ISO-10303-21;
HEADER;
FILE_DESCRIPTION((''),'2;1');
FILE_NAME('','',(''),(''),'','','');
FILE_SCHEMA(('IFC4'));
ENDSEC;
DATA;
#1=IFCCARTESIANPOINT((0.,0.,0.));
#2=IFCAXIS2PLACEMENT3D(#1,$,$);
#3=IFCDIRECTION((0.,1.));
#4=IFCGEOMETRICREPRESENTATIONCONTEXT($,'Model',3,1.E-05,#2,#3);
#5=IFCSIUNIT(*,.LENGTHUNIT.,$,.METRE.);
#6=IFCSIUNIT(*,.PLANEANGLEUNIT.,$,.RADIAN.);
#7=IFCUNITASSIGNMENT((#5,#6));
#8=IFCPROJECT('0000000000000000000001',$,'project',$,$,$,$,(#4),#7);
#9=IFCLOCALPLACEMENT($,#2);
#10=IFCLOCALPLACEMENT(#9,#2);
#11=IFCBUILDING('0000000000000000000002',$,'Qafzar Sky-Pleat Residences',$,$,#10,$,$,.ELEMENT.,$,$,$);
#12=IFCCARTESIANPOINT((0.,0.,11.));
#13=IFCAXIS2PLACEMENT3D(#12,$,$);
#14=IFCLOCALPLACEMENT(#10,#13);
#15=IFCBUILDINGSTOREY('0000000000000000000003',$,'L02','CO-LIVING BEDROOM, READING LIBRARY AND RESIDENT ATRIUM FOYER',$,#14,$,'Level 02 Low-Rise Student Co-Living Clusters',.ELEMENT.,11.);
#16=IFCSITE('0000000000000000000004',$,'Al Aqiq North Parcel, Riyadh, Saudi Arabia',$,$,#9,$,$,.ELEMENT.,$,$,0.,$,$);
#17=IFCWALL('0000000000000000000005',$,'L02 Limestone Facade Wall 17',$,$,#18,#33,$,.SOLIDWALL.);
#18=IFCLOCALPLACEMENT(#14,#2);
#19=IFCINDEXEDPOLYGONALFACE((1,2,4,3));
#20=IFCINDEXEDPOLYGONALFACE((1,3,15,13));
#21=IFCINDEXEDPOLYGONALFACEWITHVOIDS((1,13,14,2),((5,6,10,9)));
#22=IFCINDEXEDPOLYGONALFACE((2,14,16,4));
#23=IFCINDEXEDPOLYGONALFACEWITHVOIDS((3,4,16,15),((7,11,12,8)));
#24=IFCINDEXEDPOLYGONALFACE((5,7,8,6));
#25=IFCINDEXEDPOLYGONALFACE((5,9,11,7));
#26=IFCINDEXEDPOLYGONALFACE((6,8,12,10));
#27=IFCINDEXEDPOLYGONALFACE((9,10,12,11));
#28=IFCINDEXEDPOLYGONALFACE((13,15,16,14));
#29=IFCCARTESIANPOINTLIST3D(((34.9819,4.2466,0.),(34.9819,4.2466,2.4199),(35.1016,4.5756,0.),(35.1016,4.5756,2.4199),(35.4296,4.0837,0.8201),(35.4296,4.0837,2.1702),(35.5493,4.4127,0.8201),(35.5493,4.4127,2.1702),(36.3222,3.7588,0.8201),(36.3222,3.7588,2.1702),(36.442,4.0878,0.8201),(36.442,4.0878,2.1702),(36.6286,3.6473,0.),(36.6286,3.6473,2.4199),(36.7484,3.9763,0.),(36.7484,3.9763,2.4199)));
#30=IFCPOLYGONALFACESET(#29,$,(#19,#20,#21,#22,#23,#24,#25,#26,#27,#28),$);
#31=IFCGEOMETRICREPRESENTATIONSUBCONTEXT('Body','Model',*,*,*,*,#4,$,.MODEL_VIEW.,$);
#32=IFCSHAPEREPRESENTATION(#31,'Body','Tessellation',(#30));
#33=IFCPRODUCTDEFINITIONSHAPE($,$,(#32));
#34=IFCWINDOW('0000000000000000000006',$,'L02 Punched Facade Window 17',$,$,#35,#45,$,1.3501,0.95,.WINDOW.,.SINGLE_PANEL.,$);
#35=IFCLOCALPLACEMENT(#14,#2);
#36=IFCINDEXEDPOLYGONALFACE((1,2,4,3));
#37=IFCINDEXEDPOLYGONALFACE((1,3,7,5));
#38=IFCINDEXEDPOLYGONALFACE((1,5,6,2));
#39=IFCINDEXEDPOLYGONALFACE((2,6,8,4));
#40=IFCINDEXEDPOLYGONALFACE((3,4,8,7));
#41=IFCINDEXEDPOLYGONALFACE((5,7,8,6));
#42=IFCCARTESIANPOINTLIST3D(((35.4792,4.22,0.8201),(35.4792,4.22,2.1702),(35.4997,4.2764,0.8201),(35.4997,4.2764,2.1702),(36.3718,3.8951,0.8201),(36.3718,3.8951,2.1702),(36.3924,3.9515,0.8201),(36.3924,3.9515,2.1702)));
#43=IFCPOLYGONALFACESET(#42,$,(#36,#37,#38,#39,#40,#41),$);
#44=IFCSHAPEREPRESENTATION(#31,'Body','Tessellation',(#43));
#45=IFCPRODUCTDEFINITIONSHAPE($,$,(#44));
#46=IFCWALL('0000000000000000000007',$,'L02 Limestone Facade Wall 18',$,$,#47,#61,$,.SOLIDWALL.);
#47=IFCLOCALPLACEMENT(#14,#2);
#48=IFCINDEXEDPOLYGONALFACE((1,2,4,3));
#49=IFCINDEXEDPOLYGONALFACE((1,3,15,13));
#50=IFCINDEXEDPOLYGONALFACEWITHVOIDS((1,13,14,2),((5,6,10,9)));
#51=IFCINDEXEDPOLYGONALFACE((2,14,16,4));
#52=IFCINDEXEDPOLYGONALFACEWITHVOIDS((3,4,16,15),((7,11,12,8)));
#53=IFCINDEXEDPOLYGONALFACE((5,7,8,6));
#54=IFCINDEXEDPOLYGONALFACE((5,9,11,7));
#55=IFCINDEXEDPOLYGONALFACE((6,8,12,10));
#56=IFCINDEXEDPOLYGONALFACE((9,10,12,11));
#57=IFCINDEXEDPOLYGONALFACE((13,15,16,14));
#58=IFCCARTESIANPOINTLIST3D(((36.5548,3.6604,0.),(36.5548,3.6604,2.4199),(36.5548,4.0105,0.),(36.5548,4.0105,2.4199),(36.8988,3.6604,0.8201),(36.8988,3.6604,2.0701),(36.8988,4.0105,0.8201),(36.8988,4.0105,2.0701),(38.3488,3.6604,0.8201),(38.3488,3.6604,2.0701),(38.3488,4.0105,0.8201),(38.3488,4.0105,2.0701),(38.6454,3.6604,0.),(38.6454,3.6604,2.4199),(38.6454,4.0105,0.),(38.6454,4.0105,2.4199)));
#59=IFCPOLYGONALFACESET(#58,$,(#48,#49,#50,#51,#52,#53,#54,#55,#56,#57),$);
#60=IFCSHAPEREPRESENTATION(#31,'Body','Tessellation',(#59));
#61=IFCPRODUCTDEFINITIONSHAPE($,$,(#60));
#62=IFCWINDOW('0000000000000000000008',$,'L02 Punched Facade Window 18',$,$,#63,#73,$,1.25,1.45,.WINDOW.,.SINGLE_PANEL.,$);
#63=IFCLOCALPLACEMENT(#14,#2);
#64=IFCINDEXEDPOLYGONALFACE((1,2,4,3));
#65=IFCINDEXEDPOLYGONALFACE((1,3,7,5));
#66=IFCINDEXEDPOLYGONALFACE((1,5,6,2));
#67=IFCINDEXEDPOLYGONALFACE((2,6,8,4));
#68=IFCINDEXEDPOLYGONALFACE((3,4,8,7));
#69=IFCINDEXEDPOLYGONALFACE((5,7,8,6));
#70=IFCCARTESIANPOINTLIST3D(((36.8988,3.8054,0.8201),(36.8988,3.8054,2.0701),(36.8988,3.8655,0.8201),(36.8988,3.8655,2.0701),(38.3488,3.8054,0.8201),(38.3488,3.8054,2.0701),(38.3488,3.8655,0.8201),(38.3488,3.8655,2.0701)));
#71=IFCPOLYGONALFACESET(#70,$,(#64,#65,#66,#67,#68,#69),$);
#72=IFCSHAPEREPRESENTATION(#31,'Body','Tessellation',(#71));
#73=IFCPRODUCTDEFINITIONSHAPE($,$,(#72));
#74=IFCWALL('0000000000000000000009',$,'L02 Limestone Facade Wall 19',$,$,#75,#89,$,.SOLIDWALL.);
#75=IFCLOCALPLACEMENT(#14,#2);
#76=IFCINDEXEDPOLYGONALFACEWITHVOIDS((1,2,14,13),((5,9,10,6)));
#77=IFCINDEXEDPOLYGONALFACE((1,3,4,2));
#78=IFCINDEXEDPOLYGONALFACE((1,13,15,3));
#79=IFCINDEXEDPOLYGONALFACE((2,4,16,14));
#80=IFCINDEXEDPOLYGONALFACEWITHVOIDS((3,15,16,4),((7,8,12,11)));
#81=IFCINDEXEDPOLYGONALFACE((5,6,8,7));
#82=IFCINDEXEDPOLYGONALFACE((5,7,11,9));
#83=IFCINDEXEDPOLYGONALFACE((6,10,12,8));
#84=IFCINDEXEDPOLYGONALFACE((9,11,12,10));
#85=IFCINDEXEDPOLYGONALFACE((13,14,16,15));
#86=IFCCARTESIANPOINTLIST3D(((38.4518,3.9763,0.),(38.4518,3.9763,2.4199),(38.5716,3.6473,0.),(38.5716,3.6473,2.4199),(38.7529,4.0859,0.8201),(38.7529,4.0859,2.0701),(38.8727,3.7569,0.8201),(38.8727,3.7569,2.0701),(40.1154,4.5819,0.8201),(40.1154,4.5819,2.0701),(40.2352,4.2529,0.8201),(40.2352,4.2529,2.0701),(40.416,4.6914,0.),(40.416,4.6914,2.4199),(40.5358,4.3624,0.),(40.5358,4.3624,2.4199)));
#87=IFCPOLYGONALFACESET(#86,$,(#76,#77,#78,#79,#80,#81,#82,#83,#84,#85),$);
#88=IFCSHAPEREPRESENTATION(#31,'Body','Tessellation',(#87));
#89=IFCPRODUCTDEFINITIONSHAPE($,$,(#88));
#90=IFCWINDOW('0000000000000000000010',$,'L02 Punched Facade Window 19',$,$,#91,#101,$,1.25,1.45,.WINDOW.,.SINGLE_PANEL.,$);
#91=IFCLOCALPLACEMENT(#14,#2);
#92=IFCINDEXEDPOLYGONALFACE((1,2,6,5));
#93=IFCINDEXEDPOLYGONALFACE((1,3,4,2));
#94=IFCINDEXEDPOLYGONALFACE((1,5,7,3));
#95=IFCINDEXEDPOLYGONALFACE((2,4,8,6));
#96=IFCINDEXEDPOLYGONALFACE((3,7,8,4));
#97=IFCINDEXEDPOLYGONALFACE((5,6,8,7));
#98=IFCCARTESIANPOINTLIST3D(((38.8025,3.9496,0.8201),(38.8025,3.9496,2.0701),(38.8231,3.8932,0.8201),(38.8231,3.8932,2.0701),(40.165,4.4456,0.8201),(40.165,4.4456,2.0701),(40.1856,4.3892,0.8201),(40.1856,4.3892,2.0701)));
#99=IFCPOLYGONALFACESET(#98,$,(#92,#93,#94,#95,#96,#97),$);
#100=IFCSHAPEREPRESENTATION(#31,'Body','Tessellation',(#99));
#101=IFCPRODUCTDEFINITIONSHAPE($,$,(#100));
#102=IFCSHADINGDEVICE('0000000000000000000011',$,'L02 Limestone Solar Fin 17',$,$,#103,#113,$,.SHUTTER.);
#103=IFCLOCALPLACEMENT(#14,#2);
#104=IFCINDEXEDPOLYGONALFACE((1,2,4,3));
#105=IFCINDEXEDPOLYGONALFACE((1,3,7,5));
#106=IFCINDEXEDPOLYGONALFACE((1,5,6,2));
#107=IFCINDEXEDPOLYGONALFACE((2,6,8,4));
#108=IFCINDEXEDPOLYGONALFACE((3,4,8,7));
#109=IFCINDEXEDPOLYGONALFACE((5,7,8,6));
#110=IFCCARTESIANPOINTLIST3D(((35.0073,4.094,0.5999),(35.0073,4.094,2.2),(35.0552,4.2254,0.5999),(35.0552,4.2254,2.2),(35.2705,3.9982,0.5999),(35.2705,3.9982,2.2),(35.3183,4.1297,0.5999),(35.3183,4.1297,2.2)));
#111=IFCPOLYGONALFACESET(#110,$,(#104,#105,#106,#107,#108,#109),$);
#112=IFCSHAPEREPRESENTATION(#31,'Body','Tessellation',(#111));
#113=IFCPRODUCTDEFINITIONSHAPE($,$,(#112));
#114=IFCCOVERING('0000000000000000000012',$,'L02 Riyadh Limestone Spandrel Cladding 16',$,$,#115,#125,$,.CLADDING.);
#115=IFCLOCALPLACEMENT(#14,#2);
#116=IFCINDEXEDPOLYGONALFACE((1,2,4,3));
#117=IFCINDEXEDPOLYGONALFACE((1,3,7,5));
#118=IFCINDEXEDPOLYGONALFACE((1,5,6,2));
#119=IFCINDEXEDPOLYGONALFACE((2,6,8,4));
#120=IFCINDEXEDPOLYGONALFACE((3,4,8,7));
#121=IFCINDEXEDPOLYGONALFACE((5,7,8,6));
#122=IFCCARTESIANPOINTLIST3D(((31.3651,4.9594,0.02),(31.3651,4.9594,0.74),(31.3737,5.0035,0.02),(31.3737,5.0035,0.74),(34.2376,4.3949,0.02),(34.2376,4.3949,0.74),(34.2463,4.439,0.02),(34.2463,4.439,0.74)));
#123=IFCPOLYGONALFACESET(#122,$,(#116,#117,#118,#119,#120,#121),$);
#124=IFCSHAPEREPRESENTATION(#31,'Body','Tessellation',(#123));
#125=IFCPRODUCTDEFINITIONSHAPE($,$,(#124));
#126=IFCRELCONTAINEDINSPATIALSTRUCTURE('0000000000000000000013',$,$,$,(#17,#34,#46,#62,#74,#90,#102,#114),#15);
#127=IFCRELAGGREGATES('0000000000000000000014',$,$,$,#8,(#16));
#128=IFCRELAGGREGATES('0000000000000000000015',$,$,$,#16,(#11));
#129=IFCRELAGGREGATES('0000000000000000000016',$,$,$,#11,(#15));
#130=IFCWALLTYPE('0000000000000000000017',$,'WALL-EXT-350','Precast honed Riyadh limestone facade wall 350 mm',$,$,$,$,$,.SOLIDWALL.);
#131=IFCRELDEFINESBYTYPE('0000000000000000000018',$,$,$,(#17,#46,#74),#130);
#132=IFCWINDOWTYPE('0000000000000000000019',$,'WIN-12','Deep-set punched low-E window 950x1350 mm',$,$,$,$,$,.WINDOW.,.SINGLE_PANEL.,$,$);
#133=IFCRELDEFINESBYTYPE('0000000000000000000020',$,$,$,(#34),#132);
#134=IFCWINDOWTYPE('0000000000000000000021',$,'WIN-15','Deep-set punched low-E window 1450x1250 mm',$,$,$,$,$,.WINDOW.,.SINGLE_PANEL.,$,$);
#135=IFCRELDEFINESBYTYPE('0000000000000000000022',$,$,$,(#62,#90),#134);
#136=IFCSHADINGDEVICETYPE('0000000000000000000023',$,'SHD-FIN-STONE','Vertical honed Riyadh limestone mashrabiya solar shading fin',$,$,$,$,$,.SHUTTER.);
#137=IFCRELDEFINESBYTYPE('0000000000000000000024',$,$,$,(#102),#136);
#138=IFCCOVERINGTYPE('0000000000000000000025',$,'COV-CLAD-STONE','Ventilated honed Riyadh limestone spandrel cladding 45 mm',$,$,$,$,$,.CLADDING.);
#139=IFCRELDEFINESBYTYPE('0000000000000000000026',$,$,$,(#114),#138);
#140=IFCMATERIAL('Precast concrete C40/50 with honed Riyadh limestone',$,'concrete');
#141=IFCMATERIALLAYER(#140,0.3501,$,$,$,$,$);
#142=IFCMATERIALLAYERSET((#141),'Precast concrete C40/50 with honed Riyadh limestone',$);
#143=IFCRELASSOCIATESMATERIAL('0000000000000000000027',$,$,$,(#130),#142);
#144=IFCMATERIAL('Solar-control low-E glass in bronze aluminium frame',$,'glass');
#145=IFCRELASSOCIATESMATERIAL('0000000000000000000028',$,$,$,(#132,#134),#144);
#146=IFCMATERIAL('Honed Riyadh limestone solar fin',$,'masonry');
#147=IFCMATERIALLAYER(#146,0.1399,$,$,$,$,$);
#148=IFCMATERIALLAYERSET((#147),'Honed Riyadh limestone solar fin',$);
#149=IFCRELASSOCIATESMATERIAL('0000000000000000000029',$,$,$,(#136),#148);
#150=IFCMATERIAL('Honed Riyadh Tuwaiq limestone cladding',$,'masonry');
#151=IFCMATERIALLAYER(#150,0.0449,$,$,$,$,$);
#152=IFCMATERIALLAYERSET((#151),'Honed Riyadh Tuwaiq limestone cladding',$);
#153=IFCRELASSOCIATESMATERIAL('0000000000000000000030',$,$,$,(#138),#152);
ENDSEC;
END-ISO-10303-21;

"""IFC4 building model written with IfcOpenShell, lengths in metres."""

from ifc_helpers import new_model, si_unit, direction, frame, frame_2d, origin, origin_2d, place, context, subcontext, project, spatial, rectangle, extrude, source, transform, mapped, material, layer, layer_set, type_object, element, fill, save


model = new_model("IFC4")

# Units and contexts
model_context = context("Model", 3, precision=1e-05, world=origin(), true_north=direction((0.0, 1.0)))
body_context = subcontext(model_context, "Body", "Model", "MODEL_VIEW")
ifc_project = project(units=[si_unit("LENGTHUNIT", "METRE"), si_unit("PLANEANGLEUNIT", "RADIAN")], contexts=[model_context])

# Site, building, storey
site_placement = place(None, origin())
site = spatial("IfcSite", under=ifc_project, at=site_placement, Name="Al Aqiq North Parcel, Riyadh, Saudi Arabia", CompositionType="ELEMENT", RefElevation=0.0)
building_placement = place(site_placement, origin())
building = spatial("IfcBuilding", under=site, at=building_placement, Name="Qafzar Sky-Pleat Residences", CompositionType="ELEMENT")
storey_placement = place(building_placement, frame((0.0, 0.0, 11.0)))
storey = spatial("IfcBuildingStorey", under=building, at=storey_placement, Name="L02", Description="CO-LIVING BEDROOM, READING LIBRARY AND RESIDENT ATRIUM FOYER", LongName="Level 02 Low-Rise Student Co-Living Clusters", CompositionType="ELEMENT", Elevation=11.0)

# Shared definitions
ifc_material_1 = material(Name="Precast concrete C40/50 with honed Riyadh limestone", Category="concrete")
ifc_layer_1 = layer(ifc_material_1, 0.3501)
ifc_layer_set_1 = layer_set([ifc_layer_1], Name="Precast concrete C40/50 with honed Riyadh limestone")
wall_type_1 = type_object("IfcWallType", Name="WALL-EXT-350", Description="Precast honed Riyadh limestone facade wall 350 mm", PredefinedType="SOLIDWALL", material=ifc_layer_set_1)
ifc_material_2 = material(Name="Solar-control low-E glass in bronze aluminium frame", Category="glass")

# Walls, openings, windows
wall_1_placement = place(storey_placement, frame((35.0417, 4.4111, 0.0), z_axis=(0.0, 0.0, 1.0), x_axis=(0.939692, -0.342023, 0.0)))
wall_1 = element("IfcWall", 1, at=wall_1_placement, inside=storey, type_object=wall_type_1, Name="L02 Limestone Facade Wall 17", PredefinedType="SOLIDWALL", context=body_context, shape_type="SweptSolid", body=[
    extrude(rectangle(XDim=1.7524, YDim=0.3501, at=frame_2d((0.8762, 0.0))), origin(), (0.0, 0.0, 1.0), 2.4199),
])
opening_1_placement = place(wall_1_placement, frame((0.4763, 0.0, 0.8201)))
opening_1 = element("IfcOpeningElement", 2, at=opening_1_placement, cuts=wall_1, PredefinedType="OPENING", context=body_context, shape_type="SweptSolid", body=[
    extrude(rectangle(XDim=0.95, YDim=1.3501, at=frame_2d((0.4751, 0.675))), frame((0.0, 0.1851, 0.0), z_axis=(0.0, -1.0, 0.0), x_axis=(1.0, 0.0, 0.0)), (0.0, 0.0, 1.0), 0.3701),
])
window_type_1 = type_object("IfcWindowType", Name="WIN-12", Description="Deep-set punched low-E window 950x1350 mm", PartitioningType="SINGLE_PANEL", PredefinedType="WINDOW", material=ifc_material_2)
shared_shape_1 = source(origin(), body_context, "Body", "SweptSolid", [
    extrude(rectangle(XDim=0.95, YDim=1.3501, at=frame_2d((0.4751, 0.675))), frame((0.0, 0.03, 0.0), z_axis=(0.0, -1.0, 0.0), x_axis=(1.0, 0.0, 0.0)), (0.0, 0.0, 1.0), 0.0601),
])
window_1_placement = place(opening_1_placement, origin())
window_1 = element("IfcWindow", 3, at=window_1_placement, inside=storey, type_object=window_type_1, Name="L02 Punched Facade Window 17", OverallHeight=1.3501, OverallWidth=0.95, PartitioningType="SINGLE_PANEL", PredefinedType="WINDOW", context=body_context, shape_type="MappedRepresentation", body=[
    mapped(shared_shape_1, transform((0.0, 0.0, 0.0), x_axis=(1.0, 0.0, 0.0), y_axis=(0.0, 1.0, 0.0), z_axis=(0.0, 0.0, 1.0), scale=1.0)),
])
fill(opening_1, window_1)
wall_2_placement = place(storey_placement, frame((36.5547, 3.8354, 0.0), z_axis=(0.0, 0.0, 1.0), x_axis=(1.0, 0.0, 0.0)))
wall_2 = element("IfcWall", 4, at=wall_2_placement, inside=storey, type_object=wall_type_1, Name="L02 Limestone Facade Wall 18", PredefinedType="SOLIDWALL", context=body_context, shape_type="SweptSolid", body=[
    extrude(rectangle(XDim=2.0906, YDim=0.3501, at=frame_2d((1.0454, 0.0))), origin(), (0.0, 0.0, 1.0), 2.4199),
])
opening_2_placement = place(wall_2_placement, frame((0.344, 0.0, 0.8201)))
opening_2 = element("IfcOpeningElement", 5, at=opening_2_placement, cuts=wall_2, PredefinedType="OPENING", context=body_context, shape_type="SweptSolid", body=[
    extrude(rectangle(XDim=1.45, YDim=1.25, at=frame_2d((0.7251, 0.625))), frame((0.0, 0.1851, 0.0), z_axis=(0.0, -1.0, 0.0), x_axis=(1.0, 0.0, 0.0)), (0.0, 0.0, 1.0), 0.3701),
])
window_type_2 = type_object("IfcWindowType", Name="WIN-15", Description="Deep-set punched low-E window 1450x1250 mm", PartitioningType="SINGLE_PANEL", PredefinedType="WINDOW", material=ifc_material_2)
shared_shape_2 = source(origin(), body_context, "Body", "SweptSolid", [
    extrude(rectangle(XDim=1.45, YDim=1.25, at=frame_2d((0.7251, 0.625))), frame((0.0, 0.03, 0.0), z_axis=(0.0, -1.0, 0.0), x_axis=(1.0, 0.0, 0.0)), (0.0, 0.0, 1.0), 0.0601),
])
window_2_placement = place(opening_2_placement, origin())
window_2 = element("IfcWindow", 6, at=window_2_placement, inside=storey, type_object=window_type_2, Name="L02 Punched Facade Window 18", OverallHeight=1.25, OverallWidth=1.45, PartitioningType="SINGLE_PANEL", PredefinedType="WINDOW", context=body_context, shape_type="MappedRepresentation", body=[
    mapped(shared_shape_2, transform((0.0, 0.0, 0.0), x_axis=(1.0, 0.0, 0.0), y_axis=(0.0, 1.0, 0.0), z_axis=(0.0, 0.0, 1.0), scale=1.0)),
])
fill(opening_2, window_2)
wall_3_placement = place(storey_placement, frame((38.5117, 3.8118, 0.0), z_axis=(0.0, 0.0, 1.0), x_axis=(0.93966, 0.342109, 0.0)))
wall_3 = element("IfcWall", 7, at=wall_3_placement, inside=storey, type_object=wall_type_1, Name="L02 Limestone Facade Wall 19", PredefinedType="SOLIDWALL", context=body_context, shape_type="SweptSolid", body=[
    extrude(rectangle(XDim=2.0903, YDim=0.3501, at=frame_2d((1.0452, 0.0))), origin(), (0.0, 0.0, 1.0), 2.4199),
])
opening_3_placement = place(wall_3_placement, frame((0.3203, 0.0, 0.8201)))
opening_3 = element("IfcOpeningElement", 8, at=opening_3_placement, cuts=wall_3, PredefinedType="OPENING", context=body_context, shape_type="SweptSolid", body=[
    extrude(rectangle(XDim=1.45, YDim=1.25, at=frame_2d((0.7251, 0.625))), frame((0.0, 0.1851, 0.0), z_axis=(0.0, -1.0, 0.0), x_axis=(1.0, 0.0, 0.0)), (0.0, 0.0, 1.0), 0.3701),
])
window_3_placement = place(opening_3_placement, origin())
window_3 = element("IfcWindow", 9, at=window_3_placement, inside=storey, type_object=window_type_2, Name="L02 Punched Facade Window 19", OverallHeight=1.25, OverallWidth=1.45, PartitioningType="SINGLE_PANEL", PredefinedType="WINDOW", context=body_context, shape_type="MappedRepresentation", body=[
    mapped(shared_shape_2, transform((0.0, 0.0, 0.0), x_axis=(1.0, 0.0, 0.0), y_axis=(0.0, 1.0, 0.0), z_axis=(0.0, 0.0, 1.0), scale=1.0)),
])
fill(opening_3, window_3)

# Shading device
ifc_material_3 = material(Name="Honed Riyadh limestone solar fin", Category="masonry")
ifc_layer_2 = layer(ifc_material_3, 0.1399)
ifc_layer_set_2 = layer_set([ifc_layer_2], Name="Honed Riyadh limestone solar fin")
shading_device_type = type_object("IfcShadingDeviceType", Name="SHD-FIN-STONE", Description="Vertical honed Riyadh limestone mashrabiya solar shading fin", PredefinedType="SHUTTER", material=ifc_layer_set_2)
shared_shape_3 = source(origin(), body_context, "Body", "SweptSolid", [
    extrude(rectangle(XDim=0.1399, YDim=0.28, at=origin_2d()), origin(), (0.0, 0.0, 1.0), 1.6001),
])
shading_device_placement = place(storey_placement, frame((35.1628, 4.1118, 0.5999), z_axis=(0.0, 0.0, 1.0), x_axis=(-0.342054, -0.93968, 0.0)))
element("IfcShadingDevice", 10, at=shading_device_placement, inside=storey, type_object=shading_device_type, Name="L02 Limestone Solar Fin 17", PredefinedType="SHUTTER", context=body_context, shape_type="MappedRepresentation", body=[
    mapped(shared_shape_3, transform((0.0, 0.0, 0.0), x_axis=(1.0, 0.0, 0.0), y_axis=(0.0, 1.0, 0.0), z_axis=(0.0, 0.0, 1.0), scale=1.0)),
])

# Covering
ifc_material_4 = material(Name="Honed Riyadh Tuwaiq limestone cladding", Category="masonry")
ifc_layer_3 = layer(ifc_material_4, 0.0449)
ifc_layer_set_3 = layer_set([ifc_layer_3], Name="Honed Riyadh Tuwaiq limestone cladding")
covering_type = type_object("IfcCoveringType", Name="COV-CLAD-STONE", Description="Ventilated honed Riyadh limestone spandrel cladding 45 mm", PredefinedType="CLADDING", material=ifc_layer_set_3)
shared_shape_4 = source(origin(), body_context, "Body", "SweptSolid", [
    extrude(rectangle(XDim=2.9275, YDim=0.0449, at=origin_2d()), origin(), (0.0, 0.0, 1.0), 0.72),
])
covering_placement = place(storey_placement, frame((32.8057, 4.6992, 0.02), z_axis=(0.0, 0.0, 1.0), x_axis=(0.981233, -0.192828, 0.0)))
element("IfcCovering", 11, at=covering_placement, inside=storey, type_object=covering_type, Name="L02 Riyadh Limestone Spandrel Cladding 16", PredefinedType="CLADDING", context=body_context, shape_type="MappedRepresentation", body=[
    mapped(shared_shape_4, transform((0.0, 0.0, 0.0), x_axis=(1.0, 0.0, 0.0), y_axis=(0.0, 1.0, 0.0), z_axis=(0.0, 0.0, 1.0), scale=1.0)),
])

save(model, "model.ifc")
